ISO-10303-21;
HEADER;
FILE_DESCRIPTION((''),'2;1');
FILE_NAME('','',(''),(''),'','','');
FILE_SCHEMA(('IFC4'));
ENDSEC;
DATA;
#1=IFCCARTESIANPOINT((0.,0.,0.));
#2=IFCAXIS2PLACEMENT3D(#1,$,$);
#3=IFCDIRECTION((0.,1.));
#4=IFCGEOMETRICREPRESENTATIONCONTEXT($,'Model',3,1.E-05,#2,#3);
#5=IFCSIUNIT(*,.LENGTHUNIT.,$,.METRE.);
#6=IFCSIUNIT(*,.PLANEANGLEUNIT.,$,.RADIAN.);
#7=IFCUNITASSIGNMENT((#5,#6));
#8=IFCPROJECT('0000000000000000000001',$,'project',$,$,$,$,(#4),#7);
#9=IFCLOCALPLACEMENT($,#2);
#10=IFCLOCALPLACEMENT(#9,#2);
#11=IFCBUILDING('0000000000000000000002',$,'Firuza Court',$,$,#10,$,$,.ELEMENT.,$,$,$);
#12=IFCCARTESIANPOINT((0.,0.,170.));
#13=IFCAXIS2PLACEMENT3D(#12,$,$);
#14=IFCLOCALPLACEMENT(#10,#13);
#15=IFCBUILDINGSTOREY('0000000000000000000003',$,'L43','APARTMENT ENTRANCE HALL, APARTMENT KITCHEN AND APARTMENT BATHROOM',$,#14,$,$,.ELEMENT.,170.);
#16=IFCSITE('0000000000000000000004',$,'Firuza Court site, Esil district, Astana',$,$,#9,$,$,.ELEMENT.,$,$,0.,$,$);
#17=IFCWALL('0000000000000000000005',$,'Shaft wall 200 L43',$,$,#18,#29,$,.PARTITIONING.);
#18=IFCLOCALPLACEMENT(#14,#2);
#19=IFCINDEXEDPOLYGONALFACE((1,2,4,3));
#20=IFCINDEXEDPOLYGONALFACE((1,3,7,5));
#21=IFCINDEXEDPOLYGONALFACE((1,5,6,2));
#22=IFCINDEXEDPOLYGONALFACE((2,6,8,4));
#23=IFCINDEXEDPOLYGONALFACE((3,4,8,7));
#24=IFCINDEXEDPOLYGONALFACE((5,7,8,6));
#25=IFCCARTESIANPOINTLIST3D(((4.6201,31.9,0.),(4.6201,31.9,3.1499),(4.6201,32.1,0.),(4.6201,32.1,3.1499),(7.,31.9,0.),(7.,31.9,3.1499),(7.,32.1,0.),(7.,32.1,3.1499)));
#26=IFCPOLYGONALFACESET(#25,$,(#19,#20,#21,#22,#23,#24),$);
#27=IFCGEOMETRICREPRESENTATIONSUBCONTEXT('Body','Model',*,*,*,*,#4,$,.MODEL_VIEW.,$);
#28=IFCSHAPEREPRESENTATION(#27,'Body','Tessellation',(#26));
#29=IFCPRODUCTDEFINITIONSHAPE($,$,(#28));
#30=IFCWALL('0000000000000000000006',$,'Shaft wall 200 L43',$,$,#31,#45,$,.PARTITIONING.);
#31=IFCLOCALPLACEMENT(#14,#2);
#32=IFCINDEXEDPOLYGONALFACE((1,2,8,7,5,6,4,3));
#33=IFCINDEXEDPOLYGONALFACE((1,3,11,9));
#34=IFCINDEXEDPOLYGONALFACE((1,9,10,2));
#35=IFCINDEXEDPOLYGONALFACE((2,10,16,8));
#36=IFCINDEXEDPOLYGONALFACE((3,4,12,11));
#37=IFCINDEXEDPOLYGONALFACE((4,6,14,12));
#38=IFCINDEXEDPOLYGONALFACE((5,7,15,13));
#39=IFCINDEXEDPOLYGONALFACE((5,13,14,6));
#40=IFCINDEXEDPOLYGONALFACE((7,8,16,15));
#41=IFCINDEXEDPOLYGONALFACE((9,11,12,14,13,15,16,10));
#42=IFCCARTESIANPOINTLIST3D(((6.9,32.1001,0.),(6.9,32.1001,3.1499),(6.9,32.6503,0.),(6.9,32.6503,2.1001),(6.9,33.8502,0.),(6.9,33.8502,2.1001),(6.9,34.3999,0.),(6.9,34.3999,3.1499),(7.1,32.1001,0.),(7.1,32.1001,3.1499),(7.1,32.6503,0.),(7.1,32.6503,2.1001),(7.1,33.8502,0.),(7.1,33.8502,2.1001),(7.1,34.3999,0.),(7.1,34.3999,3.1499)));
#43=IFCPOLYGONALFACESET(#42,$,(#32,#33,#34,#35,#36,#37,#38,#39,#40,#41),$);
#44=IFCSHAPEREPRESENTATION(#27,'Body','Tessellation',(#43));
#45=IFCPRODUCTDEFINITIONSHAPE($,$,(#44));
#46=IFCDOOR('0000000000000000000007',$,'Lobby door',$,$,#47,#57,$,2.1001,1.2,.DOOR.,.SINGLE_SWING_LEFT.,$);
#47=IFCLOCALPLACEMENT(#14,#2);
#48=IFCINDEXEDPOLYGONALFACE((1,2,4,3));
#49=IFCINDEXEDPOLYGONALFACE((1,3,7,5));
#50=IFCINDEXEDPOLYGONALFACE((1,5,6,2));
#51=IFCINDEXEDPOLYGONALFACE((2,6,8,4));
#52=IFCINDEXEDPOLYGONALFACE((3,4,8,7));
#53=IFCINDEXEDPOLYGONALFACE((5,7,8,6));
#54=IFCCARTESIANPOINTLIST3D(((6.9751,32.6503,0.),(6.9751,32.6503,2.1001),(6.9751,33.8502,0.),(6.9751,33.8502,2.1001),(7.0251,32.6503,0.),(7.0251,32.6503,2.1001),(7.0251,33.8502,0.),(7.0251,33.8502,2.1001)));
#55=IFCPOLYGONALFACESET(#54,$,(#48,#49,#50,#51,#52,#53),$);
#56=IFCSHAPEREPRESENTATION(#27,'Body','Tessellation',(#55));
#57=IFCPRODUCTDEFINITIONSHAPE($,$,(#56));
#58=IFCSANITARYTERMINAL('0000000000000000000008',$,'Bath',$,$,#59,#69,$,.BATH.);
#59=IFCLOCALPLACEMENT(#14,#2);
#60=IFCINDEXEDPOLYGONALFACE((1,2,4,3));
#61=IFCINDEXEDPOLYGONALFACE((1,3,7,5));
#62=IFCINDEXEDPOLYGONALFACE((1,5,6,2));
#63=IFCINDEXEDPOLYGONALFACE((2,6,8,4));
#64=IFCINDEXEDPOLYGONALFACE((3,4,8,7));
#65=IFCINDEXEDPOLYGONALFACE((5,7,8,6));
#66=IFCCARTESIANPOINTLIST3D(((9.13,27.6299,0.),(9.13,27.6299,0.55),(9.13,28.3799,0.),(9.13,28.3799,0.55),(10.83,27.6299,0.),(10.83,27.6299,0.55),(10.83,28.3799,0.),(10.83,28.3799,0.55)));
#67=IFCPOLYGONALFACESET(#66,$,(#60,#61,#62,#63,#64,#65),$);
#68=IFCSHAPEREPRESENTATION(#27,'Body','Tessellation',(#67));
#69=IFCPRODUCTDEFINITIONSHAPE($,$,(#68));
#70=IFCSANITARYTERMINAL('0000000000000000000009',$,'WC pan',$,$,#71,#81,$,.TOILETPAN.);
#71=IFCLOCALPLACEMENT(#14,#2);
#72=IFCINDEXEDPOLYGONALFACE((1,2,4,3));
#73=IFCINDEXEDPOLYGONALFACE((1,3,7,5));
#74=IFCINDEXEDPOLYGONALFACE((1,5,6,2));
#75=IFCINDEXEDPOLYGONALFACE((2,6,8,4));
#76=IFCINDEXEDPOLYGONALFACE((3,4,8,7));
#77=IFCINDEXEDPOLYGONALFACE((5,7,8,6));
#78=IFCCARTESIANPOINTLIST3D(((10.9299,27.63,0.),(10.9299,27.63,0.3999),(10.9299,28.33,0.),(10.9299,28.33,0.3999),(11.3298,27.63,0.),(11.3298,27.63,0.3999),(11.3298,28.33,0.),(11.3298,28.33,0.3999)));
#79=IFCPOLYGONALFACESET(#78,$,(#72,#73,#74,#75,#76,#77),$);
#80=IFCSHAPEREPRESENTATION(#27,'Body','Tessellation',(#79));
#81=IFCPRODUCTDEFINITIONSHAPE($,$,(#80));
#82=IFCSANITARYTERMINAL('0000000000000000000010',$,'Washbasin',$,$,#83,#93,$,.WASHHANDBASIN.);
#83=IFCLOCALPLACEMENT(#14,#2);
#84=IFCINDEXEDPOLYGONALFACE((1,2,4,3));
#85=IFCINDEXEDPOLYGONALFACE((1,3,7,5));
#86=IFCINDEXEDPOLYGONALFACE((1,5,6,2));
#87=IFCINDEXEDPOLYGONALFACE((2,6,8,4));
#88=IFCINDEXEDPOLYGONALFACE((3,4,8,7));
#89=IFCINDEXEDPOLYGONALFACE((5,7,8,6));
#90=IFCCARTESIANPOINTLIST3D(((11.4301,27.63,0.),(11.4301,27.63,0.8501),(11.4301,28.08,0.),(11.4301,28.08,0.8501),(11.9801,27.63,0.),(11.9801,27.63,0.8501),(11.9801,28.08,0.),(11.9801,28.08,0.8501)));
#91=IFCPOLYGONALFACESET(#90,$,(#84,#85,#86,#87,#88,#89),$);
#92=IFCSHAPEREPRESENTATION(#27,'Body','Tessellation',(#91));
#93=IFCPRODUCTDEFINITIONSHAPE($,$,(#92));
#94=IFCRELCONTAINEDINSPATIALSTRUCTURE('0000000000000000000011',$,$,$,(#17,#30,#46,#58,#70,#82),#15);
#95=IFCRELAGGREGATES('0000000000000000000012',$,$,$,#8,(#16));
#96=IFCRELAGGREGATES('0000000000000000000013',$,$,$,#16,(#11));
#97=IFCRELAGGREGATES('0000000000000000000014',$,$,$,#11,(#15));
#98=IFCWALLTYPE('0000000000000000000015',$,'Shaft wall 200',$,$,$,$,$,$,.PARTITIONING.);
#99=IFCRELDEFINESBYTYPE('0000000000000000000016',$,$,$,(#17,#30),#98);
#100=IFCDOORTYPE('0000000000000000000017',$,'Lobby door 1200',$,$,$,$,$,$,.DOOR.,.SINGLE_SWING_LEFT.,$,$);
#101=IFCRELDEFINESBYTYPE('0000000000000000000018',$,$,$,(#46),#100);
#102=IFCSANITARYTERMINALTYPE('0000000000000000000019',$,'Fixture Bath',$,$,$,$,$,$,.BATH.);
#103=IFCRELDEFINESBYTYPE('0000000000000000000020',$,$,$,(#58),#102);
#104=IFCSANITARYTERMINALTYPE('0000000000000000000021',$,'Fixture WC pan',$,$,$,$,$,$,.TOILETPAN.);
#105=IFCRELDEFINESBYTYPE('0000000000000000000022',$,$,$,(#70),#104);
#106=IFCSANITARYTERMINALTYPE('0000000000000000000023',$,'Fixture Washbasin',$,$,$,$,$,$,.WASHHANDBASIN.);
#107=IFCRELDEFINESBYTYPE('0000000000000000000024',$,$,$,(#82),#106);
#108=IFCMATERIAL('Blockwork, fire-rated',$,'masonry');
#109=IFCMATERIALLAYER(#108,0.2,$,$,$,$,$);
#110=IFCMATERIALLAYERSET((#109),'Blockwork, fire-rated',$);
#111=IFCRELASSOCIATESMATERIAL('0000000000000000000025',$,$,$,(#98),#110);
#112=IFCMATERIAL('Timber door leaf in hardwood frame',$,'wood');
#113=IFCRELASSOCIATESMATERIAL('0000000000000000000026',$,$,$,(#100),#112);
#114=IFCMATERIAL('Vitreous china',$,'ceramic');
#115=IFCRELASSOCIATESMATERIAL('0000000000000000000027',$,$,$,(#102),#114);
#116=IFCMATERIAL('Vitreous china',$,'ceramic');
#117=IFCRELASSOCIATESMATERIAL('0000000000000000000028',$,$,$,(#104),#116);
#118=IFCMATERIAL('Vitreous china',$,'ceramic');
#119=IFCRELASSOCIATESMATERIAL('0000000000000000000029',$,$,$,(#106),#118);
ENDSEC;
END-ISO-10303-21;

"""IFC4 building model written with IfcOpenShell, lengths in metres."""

from ifc_helpers import new_model, si_unit, direction, frame, frame_2d, origin, origin_2d, place, context, subcontext, project, spatial, rectangle, extrude, material, layer, layer_set, type_object, element, fill, save


model = new_model("IFC4")

# Units and contexts
model_context = context("Model", 3, precision=1e-05, world=origin(), true_north=direction((0.0, 1.0)))
body_context = subcontext(model_context, "Body", "Model", "MODEL_VIEW")
ifc_project = project(units=[si_unit("LENGTHUNIT", "METRE"), si_unit("PLANEANGLEUNIT", "RADIAN")], contexts=[model_context])

# Site, building, storey
site_placement = place(None, origin())
site = spatial("IfcSite", under=ifc_project, at=site_placement, Name="Firuza Court site, Esil district, Astana", CompositionType="ELEMENT", RefElevation=0.0)
building_placement = place(site_placement, origin())
building = spatial("IfcBuilding", under=site, at=building_placement, Name="Firuza Court", CompositionType="ELEMENT")
storey_placement = place(building_placement, frame((0.0, 0.0, 170.0)))
storey = spatial("IfcBuildingStorey", under=building, at=storey_placement, Name="L43", Description="APARTMENT ENTRANCE HALL, APARTMENT KITCHEN AND APARTMENT BATHROOM", CompositionType="ELEMENT", Elevation=170.0)

# Shared definitions
ifc_material_1 = material(Name="Blockwork, fire-rated", Category="masonry")
ifc_layer_1 = layer(ifc_material_1, 0.2)
ifc_layer_set_1 = layer_set([ifc_layer_1], Name="Blockwork, fire-rated")
wall_type_1 = type_object("IfcWallType", Name="Shaft wall 200", PredefinedType="PARTITIONING", material=ifc_layer_set_1)

# Shared definitions
ifc_material_2 = material(Name="Timber door leaf in hardwood frame", Category="wood")
door_type_1 = type_object("IfcDoorType", Name="Lobby door 1200", OperationType="SINGLE_SWING_LEFT", PredefinedType="DOOR", material=ifc_material_2)

# Wall
wall_1_placement = place(storey_placement, frame((4.6201, 32.0, 0.0), z_axis=(0.0, 0.0, 1.0), x_axis=(1.0, 0.0, 0.0)))
element("IfcWall", 1, at=wall_1_placement, inside=storey, type_object=wall_type_1, Name="Shaft wall 200 L43", PredefinedType="PARTITIONING", context=body_context, shape_type="SweptSolid", body=[
    extrude(rectangle(XDim=2.3799, YDim=0.2, at=frame_2d((1.1899, 0.0))), origin(), (0.0, 0.0, 1.0), 3.1499),
])

# Wall, opening, door
wall_2_placement = place(storey_placement, frame((7.0, 32.1001, 0.0), z_axis=(0.0, 0.0, 1.0), x_axis=(0.0, 1.0, 0.0)))
wall_2 = element("IfcWall", 2, at=wall_2_placement, inside=storey, type_object=wall_type_1, Name="Shaft wall 200 L43", PredefinedType="PARTITIONING", context=body_context, shape_type="SweptSolid", body=[
    extrude(rectangle(XDim=2.2998, YDim=0.2, at=frame_2d((1.1499, 0.0))), origin(), (0.0, 0.0, 1.0), 3.1499),
])
opening_1_placement = place(wall_2_placement, frame((0.55, 0.0, 0.0)))
opening_1 = element("IfcOpeningElement", 3, at=opening_1_placement, cuts=wall_2, PredefinedType="OPENING", context=body_context, shape_type="SweptSolid", body=[
    extrude(rectangle(XDim=1.2, YDim=2.1001, at=frame_2d((0.6001, 1.05))), frame((0.0, 0.1118, 0.0), z_axis=(0.0, -1.0, 0.0), x_axis=(1.0, 0.0, 0.0)), (0.0, 0.0, 1.0), 0.2239),
])
door_1_placement = place(opening_1_placement, origin())
door_1 = element("IfcDoor", 4, at=door_1_placement, inside=storey, type_object=door_type_1, Name="Lobby door", OperationType="SINGLE_SWING_LEFT", OverallHeight=2.1001, OverallWidth=1.2, PredefinedType="DOOR", context=body_context, shape_type="SweptSolid", body=[
    extrude(rectangle(XDim=1.2, YDim=2.1001, at=frame_2d((0.6001, 1.05))), frame((0.0, 0.0249, 0.0), z_axis=(0.0, -1.0, 0.0), x_axis=(1.0, 0.0, 0.0)), (0.0, 0.0, 1.0), 0.05),
])
fill(opening_1, door_1)

# Sanitary terminals
ifc_material_3 = material(Name="Vitreous china", Category="ceramic")
sanitary_terminal_type_1 = type_object("IfcSanitaryTerminalType", Name="Fixture Bath", PredefinedType="BATH", material=ifc_material_3)
sanitary_terminal_1_placement = place(storey_placement, frame((9.98, 28.0049, 0.0), z_axis=(0.0, 0.0, 1.0), x_axis=(1.0, 0.0, 0.0)))
element("IfcSanitaryTerminal", 5, at=sanitary_terminal_1_placement, inside=storey, type_object=sanitary_terminal_type_1, Name="Bath", PredefinedType="BATH", context=body_context, shape_type="SweptSolid", body=[
    extrude(rectangle(XDim=1.7, YDim=0.75, at=origin_2d()), origin(), (0.0, 0.0, 1.0), 0.55),
])
ifc_material_4 = material(Name="Vitreous china", Category="ceramic")
sanitary_terminal_type_2 = type_object("IfcSanitaryTerminalType", Name="Fixture WC pan", PredefinedType="TOILETPAN", material=ifc_material_4)
sanitary_terminal_2_placement = place(storey_placement, frame((11.1299, 27.98, 0.0), z_axis=(0.0, 0.0, 1.0), x_axis=(1.0, 0.0, 0.0)))
element("IfcSanitaryTerminal", 6, at=sanitary_terminal_2_placement, inside=storey, type_object=sanitary_terminal_type_2, Name="WC pan", PredefinedType="TOILETPAN", context=body_context, shape_type="SweptSolid", body=[
    extrude(rectangle(XDim=0.3999, YDim=0.7, at=origin_2d()), origin(), (0.0, 0.0, 1.0), 0.3999),
])
ifc_material_5 = material(Name="Vitreous china", Category="ceramic")
sanitary_terminal_type_3 = type_object("IfcSanitaryTerminalType", Name="Fixture Washbasin", PredefinedType="WASHHANDBASIN", material=ifc_material_5)
sanitary_terminal_3_placement = place(storey_placement, frame((11.7051, 27.855, 0.0), z_axis=(0.0, 0.0, 1.0), x_axis=(1.0, 0.0, 0.0)))
element("IfcSanitaryTerminal", 7, at=sanitary_terminal_3_placement, inside=storey, type_object=sanitary_terminal_type_3, Name="Washbasin", PredefinedType="WASHHANDBASIN", context=body_context, shape_type="SweptSolid", body=[
    extrude(rectangle(XDim=0.55, YDim=0.45, at=origin_2d()), origin(), (0.0, 0.0, 1.0), 0.8501),
])

save(model, "model.ifc")
